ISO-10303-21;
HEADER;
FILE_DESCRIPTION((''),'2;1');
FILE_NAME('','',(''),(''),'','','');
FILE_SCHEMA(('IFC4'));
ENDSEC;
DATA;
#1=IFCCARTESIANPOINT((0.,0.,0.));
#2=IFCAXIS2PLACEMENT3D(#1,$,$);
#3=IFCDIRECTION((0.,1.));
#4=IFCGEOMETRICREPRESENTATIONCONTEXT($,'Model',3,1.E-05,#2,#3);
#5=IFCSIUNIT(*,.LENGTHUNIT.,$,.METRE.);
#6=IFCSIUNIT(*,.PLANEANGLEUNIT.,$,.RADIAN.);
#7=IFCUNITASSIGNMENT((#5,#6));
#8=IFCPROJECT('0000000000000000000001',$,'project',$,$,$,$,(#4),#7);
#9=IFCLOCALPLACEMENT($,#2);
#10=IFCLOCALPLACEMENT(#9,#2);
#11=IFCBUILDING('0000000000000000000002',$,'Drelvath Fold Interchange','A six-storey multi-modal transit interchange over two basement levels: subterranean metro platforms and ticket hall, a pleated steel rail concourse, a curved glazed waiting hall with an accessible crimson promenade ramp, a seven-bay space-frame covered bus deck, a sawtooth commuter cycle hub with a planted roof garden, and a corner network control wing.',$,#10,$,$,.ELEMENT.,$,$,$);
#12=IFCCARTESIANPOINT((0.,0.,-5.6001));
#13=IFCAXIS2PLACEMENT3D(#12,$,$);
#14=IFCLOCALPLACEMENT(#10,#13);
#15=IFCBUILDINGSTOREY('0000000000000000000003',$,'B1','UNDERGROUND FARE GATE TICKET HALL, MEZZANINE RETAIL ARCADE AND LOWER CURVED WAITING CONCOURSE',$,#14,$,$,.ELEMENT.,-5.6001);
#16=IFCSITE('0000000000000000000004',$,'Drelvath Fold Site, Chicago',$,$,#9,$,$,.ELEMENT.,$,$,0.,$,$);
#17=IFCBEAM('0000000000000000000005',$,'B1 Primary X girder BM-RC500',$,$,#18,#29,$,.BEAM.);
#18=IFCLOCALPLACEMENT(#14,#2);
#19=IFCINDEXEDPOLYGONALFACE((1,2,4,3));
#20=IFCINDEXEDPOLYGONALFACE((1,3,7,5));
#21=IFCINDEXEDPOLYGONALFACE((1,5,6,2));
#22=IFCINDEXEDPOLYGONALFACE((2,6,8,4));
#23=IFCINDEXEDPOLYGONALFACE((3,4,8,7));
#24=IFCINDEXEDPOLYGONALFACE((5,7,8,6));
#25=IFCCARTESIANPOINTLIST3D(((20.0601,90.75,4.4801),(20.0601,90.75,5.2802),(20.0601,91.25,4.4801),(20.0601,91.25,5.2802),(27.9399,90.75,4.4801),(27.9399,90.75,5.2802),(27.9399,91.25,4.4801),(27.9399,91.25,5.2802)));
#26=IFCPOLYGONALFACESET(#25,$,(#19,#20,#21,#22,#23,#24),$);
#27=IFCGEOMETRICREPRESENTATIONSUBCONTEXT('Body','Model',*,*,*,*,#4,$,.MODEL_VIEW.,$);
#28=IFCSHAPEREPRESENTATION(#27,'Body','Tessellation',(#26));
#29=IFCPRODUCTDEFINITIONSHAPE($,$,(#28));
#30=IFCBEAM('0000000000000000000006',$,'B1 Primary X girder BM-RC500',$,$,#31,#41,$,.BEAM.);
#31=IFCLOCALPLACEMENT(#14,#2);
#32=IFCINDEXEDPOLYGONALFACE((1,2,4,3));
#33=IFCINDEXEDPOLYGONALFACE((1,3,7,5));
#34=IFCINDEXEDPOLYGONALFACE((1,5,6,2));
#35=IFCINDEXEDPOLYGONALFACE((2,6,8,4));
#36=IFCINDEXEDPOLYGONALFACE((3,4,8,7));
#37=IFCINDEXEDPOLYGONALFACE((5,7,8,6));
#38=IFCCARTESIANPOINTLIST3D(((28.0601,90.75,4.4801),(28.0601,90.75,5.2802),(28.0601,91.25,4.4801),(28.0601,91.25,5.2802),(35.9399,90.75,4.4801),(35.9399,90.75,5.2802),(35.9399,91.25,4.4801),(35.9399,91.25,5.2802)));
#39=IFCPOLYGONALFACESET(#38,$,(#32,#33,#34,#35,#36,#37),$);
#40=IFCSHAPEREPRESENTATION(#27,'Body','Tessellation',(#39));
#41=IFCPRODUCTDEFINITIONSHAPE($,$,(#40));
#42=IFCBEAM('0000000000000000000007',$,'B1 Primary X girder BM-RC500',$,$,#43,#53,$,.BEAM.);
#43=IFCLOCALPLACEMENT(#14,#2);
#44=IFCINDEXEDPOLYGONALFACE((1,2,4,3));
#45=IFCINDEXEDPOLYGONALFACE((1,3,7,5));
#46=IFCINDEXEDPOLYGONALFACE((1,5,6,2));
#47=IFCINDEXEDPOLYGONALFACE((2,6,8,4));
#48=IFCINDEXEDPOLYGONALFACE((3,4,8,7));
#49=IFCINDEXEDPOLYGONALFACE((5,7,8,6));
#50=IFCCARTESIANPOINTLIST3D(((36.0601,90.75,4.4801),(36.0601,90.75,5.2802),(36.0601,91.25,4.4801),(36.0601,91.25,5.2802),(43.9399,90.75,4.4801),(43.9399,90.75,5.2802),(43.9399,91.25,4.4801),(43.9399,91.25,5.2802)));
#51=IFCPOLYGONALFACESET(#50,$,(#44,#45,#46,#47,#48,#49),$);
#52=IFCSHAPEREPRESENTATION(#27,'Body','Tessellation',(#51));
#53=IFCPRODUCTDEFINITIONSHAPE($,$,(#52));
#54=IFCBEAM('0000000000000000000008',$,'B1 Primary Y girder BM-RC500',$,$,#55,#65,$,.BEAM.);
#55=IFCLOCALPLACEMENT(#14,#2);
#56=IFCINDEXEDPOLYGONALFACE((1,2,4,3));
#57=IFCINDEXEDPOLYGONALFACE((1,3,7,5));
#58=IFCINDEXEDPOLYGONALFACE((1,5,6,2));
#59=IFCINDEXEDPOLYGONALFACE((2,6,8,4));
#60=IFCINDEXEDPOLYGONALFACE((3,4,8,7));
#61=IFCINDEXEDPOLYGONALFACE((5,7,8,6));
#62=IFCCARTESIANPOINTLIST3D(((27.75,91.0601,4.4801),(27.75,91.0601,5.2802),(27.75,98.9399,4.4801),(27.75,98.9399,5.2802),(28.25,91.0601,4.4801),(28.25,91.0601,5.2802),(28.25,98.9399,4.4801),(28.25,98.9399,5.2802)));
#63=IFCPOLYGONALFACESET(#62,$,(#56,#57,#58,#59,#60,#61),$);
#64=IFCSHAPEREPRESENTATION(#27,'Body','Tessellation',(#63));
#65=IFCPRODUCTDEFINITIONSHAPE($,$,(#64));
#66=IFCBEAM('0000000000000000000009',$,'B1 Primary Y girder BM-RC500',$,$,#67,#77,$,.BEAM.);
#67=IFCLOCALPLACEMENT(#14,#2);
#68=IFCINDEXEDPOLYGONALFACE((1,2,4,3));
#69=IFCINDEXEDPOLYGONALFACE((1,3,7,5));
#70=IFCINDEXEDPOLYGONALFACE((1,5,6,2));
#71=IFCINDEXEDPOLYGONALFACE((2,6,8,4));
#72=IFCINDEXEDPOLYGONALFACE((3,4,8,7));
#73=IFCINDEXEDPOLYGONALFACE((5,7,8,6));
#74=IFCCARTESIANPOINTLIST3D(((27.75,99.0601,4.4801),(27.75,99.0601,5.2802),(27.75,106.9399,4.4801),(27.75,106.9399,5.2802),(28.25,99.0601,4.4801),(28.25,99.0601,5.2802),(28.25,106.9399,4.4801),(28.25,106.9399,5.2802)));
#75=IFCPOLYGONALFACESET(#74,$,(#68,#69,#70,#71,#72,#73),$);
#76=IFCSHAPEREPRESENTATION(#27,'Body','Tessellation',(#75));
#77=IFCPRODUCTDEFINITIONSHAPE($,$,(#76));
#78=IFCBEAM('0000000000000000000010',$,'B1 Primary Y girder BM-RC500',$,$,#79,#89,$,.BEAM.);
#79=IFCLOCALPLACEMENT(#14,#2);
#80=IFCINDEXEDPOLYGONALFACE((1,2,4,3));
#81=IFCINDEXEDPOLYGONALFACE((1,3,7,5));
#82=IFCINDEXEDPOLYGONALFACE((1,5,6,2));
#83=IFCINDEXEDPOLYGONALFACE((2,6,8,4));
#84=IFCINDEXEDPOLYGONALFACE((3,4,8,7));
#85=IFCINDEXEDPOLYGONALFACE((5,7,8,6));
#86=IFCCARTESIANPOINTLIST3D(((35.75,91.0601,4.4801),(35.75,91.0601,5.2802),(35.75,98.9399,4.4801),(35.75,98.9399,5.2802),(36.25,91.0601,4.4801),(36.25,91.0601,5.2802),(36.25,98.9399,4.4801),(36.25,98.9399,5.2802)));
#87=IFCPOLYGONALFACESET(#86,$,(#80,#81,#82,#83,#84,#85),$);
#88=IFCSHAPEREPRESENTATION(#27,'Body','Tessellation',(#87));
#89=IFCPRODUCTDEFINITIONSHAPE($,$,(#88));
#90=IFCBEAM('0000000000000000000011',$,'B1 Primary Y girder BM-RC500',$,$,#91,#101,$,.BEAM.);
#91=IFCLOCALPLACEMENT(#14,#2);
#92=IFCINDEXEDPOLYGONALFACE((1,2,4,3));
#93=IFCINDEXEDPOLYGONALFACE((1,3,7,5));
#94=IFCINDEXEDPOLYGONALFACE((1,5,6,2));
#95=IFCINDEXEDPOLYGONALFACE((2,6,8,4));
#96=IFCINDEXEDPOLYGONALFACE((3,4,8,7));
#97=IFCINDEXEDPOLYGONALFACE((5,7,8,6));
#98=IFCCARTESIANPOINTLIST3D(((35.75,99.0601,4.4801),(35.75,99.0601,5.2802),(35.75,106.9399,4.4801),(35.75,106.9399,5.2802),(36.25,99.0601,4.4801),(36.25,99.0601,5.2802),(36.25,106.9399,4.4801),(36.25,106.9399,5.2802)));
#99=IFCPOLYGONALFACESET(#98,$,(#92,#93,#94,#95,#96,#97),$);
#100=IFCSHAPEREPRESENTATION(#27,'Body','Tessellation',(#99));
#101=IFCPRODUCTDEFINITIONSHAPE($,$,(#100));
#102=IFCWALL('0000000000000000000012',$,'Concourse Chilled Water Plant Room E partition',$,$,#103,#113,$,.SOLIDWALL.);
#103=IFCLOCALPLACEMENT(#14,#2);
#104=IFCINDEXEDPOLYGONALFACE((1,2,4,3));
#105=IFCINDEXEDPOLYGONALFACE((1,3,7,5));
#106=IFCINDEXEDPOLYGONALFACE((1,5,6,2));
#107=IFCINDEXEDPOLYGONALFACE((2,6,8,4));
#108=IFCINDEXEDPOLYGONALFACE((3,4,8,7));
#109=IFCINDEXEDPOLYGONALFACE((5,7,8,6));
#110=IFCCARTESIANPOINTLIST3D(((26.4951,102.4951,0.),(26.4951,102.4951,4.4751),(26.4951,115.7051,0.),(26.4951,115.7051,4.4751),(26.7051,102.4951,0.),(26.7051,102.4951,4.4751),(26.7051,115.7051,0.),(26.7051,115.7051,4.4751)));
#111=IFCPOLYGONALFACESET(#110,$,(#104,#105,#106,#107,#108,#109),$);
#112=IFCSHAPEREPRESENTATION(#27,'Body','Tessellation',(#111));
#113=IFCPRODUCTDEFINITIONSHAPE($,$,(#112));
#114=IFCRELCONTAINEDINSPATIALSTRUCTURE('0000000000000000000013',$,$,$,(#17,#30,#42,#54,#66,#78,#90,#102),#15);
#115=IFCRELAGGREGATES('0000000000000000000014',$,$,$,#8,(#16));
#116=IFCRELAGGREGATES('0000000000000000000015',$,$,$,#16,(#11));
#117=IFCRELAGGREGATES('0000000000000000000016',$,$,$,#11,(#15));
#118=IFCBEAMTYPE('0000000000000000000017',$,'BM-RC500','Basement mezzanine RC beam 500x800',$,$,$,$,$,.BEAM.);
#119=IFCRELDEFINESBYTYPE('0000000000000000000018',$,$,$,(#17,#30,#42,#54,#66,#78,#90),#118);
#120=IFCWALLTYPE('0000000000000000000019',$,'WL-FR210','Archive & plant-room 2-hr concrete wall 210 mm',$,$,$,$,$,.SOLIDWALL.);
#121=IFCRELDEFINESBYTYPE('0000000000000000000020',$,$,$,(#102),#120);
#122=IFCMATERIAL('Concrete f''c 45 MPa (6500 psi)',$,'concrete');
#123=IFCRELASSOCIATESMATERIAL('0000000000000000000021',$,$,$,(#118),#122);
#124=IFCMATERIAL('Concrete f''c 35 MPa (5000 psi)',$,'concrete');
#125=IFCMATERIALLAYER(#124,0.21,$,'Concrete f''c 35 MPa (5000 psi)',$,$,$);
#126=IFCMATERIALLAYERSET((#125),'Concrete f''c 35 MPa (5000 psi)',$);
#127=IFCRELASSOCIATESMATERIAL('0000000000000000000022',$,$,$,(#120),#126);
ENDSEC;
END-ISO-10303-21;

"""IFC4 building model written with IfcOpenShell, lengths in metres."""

from ifc_helpers import new_model, si_unit, direction, frame, frame_2d, origin, origin_2d, place, context, subcontext, project, spatial, rectangle, extrude, material, layer, layer_set, material_profile, profile_set, type_object, element, save


model = new_model("IFC4")

# Units and contexts
model_context = context("Model", 3, precision=1e-05, world=origin(), true_north=direction((0.0, 1.0)))
body_context = subcontext(model_context, "Body", "Model", "MODEL_VIEW")
ifc_project = project(units=[si_unit("LENGTHUNIT", "METRE"), si_unit("PLANEANGLEUNIT", "RADIAN")], contexts=[model_context])

# Site, building, storey
site_placement = place(None, origin())
site = spatial("IfcSite", under=ifc_project, at=site_placement, Name="Drelvath Fold Site, Chicago", CompositionType="ELEMENT", RefElevation=0.0)
building_placement = place(site_placement, origin())
building = spatial("IfcBuilding", under=site, at=building_placement, Name="Drelvath Fold Interchange", Description="A six-storey multi-modal transit interchange over two basement levels: subterranean metro platforms and ticket hall, a pleated steel rail concourse, a curved glazed waiting hall with an accessible crimson promenade ramp, a seven-bay space-frame covered bus deck, a sawtooth commuter cycle hub with a planted roof garden, and a corner network control wing.", CompositionType="ELEMENT")
storey_placement = place(building_placement, frame((0.0, 0.0, -5.6001)))
storey = spatial("IfcBuildingStorey", under=building, at=storey_placement, Name="B1", Description="UNDERGROUND FARE GATE TICKET HALL, MEZZANINE RETAIL ARCADE AND LOWER CURVED WAITING CONCOURSE", CompositionType="ELEMENT", Elevation=-5.6001)

# Beams
ifc_material_1 = material(Name="Concrete f'c 45 MPa (6500 psi)", Category="concrete")
ifc_material_profile_1 = material_profile(ifc_material_1, rectangle(XDim=0.5, YDim=0.8, at=origin_2d()), Name="RC 500x800")
ifc_profile_set_1 = profile_set([ifc_material_profile_1], Name="Concrete f'c 45 MPa (6500 psi)")
beam_type_1 = type_object("IfcBeamType", Name="BM-RC500", Description="Basement mezzanine RC beam 500x800", PredefinedType="BEAM", material=ifc_profile_set_1)
for number, where, z_axis, x_axis, name in (
    (1, (20.0601, 91.0, 4.8801), (1.0, 0.0, 0.0), (0.0, 1.0, 0.0), "B1 Primary X girder BM-RC500"),
    (2, (28.0601, 91.0, 4.8801), (1.0, 0.0, 0.0), (0.0, 1.0, 0.0), "B1 Primary X girder BM-RC500"),
    (3, (36.0601, 91.0, 4.8801), (1.0, 0.0, 0.0), (0.0, 1.0, 0.0), "B1 Primary X girder BM-RC500"),
    (4, (28.0, 91.0601, 4.8801), (0.0, 1.0, 0.0), (-1.0, 0.0, 0.0), "B1 Primary Y girder BM-RC500"),
    (5, (28.0, 99.0601, 4.8801), (0.0, 1.0, 0.0), (-1.0, 0.0, 0.0), "B1 Primary Y girder BM-RC500"),
    (6, (36.0, 91.0601, 4.8801), (0.0, 1.0, 0.0), (-1.0, 0.0, 0.0), "B1 Primary Y girder BM-RC500"),
    (7, (36.0, 99.0601, 4.8801), (0.0, 1.0, 0.0), (-1.0, 0.0, 0.0), "B1 Primary Y girder BM-RC500"),
):
    element("IfcBeam", number, at=place(storey_placement, frame(where, z_axis=z_axis, x_axis=x_axis)), inside=storey, type_object=beam_type_1, Name=name, PredefinedType="BEAM", context=body_context, shape_type="SweptSolid", body=[
        extrude(rectangle(XDim=0.5, YDim=0.8, at=origin_2d()), origin(), (0.0, 0.0, 1.0), 7.8799),
    ])

# Wall
ifc_material_2 = material(Name="Concrete f'c 35 MPa (5000 psi)", Category="concrete")
ifc_layer = layer(ifc_material_2, 0.21, Name="Concrete f'c 35 MPa (5000 psi)")
ifc_layer_set = layer_set([ifc_layer], Name="Concrete f'c 35 MPa (5000 psi)")
wall_type = type_object("IfcWallType", Name="WL-FR210", Description="Archive & plant-room 2-hr concrete wall 210 mm", PredefinedType="SOLIDWALL", material=ifc_layer_set)
wall_placement = place(storey_placement, frame((26.6001, 102.4951, 0.0), z_axis=(0.0, 0.0, 1.0), x_axis=(0.0, 1.0, 0.0)))
element("IfcWall", 8, at=wall_placement, inside=storey, type_object=wall_type, Name="Concourse Chilled Water Plant Room E partition", PredefinedType="SOLIDWALL", context=body_context, shape_type="SweptSolid", body=[
    extrude(rectangle(XDim=13.21, YDim=0.21, at=frame_2d((6.605, 0.0))), origin(), (0.0, 0.0, 1.0), 4.4751),
])

save(model, "model.ifc")
